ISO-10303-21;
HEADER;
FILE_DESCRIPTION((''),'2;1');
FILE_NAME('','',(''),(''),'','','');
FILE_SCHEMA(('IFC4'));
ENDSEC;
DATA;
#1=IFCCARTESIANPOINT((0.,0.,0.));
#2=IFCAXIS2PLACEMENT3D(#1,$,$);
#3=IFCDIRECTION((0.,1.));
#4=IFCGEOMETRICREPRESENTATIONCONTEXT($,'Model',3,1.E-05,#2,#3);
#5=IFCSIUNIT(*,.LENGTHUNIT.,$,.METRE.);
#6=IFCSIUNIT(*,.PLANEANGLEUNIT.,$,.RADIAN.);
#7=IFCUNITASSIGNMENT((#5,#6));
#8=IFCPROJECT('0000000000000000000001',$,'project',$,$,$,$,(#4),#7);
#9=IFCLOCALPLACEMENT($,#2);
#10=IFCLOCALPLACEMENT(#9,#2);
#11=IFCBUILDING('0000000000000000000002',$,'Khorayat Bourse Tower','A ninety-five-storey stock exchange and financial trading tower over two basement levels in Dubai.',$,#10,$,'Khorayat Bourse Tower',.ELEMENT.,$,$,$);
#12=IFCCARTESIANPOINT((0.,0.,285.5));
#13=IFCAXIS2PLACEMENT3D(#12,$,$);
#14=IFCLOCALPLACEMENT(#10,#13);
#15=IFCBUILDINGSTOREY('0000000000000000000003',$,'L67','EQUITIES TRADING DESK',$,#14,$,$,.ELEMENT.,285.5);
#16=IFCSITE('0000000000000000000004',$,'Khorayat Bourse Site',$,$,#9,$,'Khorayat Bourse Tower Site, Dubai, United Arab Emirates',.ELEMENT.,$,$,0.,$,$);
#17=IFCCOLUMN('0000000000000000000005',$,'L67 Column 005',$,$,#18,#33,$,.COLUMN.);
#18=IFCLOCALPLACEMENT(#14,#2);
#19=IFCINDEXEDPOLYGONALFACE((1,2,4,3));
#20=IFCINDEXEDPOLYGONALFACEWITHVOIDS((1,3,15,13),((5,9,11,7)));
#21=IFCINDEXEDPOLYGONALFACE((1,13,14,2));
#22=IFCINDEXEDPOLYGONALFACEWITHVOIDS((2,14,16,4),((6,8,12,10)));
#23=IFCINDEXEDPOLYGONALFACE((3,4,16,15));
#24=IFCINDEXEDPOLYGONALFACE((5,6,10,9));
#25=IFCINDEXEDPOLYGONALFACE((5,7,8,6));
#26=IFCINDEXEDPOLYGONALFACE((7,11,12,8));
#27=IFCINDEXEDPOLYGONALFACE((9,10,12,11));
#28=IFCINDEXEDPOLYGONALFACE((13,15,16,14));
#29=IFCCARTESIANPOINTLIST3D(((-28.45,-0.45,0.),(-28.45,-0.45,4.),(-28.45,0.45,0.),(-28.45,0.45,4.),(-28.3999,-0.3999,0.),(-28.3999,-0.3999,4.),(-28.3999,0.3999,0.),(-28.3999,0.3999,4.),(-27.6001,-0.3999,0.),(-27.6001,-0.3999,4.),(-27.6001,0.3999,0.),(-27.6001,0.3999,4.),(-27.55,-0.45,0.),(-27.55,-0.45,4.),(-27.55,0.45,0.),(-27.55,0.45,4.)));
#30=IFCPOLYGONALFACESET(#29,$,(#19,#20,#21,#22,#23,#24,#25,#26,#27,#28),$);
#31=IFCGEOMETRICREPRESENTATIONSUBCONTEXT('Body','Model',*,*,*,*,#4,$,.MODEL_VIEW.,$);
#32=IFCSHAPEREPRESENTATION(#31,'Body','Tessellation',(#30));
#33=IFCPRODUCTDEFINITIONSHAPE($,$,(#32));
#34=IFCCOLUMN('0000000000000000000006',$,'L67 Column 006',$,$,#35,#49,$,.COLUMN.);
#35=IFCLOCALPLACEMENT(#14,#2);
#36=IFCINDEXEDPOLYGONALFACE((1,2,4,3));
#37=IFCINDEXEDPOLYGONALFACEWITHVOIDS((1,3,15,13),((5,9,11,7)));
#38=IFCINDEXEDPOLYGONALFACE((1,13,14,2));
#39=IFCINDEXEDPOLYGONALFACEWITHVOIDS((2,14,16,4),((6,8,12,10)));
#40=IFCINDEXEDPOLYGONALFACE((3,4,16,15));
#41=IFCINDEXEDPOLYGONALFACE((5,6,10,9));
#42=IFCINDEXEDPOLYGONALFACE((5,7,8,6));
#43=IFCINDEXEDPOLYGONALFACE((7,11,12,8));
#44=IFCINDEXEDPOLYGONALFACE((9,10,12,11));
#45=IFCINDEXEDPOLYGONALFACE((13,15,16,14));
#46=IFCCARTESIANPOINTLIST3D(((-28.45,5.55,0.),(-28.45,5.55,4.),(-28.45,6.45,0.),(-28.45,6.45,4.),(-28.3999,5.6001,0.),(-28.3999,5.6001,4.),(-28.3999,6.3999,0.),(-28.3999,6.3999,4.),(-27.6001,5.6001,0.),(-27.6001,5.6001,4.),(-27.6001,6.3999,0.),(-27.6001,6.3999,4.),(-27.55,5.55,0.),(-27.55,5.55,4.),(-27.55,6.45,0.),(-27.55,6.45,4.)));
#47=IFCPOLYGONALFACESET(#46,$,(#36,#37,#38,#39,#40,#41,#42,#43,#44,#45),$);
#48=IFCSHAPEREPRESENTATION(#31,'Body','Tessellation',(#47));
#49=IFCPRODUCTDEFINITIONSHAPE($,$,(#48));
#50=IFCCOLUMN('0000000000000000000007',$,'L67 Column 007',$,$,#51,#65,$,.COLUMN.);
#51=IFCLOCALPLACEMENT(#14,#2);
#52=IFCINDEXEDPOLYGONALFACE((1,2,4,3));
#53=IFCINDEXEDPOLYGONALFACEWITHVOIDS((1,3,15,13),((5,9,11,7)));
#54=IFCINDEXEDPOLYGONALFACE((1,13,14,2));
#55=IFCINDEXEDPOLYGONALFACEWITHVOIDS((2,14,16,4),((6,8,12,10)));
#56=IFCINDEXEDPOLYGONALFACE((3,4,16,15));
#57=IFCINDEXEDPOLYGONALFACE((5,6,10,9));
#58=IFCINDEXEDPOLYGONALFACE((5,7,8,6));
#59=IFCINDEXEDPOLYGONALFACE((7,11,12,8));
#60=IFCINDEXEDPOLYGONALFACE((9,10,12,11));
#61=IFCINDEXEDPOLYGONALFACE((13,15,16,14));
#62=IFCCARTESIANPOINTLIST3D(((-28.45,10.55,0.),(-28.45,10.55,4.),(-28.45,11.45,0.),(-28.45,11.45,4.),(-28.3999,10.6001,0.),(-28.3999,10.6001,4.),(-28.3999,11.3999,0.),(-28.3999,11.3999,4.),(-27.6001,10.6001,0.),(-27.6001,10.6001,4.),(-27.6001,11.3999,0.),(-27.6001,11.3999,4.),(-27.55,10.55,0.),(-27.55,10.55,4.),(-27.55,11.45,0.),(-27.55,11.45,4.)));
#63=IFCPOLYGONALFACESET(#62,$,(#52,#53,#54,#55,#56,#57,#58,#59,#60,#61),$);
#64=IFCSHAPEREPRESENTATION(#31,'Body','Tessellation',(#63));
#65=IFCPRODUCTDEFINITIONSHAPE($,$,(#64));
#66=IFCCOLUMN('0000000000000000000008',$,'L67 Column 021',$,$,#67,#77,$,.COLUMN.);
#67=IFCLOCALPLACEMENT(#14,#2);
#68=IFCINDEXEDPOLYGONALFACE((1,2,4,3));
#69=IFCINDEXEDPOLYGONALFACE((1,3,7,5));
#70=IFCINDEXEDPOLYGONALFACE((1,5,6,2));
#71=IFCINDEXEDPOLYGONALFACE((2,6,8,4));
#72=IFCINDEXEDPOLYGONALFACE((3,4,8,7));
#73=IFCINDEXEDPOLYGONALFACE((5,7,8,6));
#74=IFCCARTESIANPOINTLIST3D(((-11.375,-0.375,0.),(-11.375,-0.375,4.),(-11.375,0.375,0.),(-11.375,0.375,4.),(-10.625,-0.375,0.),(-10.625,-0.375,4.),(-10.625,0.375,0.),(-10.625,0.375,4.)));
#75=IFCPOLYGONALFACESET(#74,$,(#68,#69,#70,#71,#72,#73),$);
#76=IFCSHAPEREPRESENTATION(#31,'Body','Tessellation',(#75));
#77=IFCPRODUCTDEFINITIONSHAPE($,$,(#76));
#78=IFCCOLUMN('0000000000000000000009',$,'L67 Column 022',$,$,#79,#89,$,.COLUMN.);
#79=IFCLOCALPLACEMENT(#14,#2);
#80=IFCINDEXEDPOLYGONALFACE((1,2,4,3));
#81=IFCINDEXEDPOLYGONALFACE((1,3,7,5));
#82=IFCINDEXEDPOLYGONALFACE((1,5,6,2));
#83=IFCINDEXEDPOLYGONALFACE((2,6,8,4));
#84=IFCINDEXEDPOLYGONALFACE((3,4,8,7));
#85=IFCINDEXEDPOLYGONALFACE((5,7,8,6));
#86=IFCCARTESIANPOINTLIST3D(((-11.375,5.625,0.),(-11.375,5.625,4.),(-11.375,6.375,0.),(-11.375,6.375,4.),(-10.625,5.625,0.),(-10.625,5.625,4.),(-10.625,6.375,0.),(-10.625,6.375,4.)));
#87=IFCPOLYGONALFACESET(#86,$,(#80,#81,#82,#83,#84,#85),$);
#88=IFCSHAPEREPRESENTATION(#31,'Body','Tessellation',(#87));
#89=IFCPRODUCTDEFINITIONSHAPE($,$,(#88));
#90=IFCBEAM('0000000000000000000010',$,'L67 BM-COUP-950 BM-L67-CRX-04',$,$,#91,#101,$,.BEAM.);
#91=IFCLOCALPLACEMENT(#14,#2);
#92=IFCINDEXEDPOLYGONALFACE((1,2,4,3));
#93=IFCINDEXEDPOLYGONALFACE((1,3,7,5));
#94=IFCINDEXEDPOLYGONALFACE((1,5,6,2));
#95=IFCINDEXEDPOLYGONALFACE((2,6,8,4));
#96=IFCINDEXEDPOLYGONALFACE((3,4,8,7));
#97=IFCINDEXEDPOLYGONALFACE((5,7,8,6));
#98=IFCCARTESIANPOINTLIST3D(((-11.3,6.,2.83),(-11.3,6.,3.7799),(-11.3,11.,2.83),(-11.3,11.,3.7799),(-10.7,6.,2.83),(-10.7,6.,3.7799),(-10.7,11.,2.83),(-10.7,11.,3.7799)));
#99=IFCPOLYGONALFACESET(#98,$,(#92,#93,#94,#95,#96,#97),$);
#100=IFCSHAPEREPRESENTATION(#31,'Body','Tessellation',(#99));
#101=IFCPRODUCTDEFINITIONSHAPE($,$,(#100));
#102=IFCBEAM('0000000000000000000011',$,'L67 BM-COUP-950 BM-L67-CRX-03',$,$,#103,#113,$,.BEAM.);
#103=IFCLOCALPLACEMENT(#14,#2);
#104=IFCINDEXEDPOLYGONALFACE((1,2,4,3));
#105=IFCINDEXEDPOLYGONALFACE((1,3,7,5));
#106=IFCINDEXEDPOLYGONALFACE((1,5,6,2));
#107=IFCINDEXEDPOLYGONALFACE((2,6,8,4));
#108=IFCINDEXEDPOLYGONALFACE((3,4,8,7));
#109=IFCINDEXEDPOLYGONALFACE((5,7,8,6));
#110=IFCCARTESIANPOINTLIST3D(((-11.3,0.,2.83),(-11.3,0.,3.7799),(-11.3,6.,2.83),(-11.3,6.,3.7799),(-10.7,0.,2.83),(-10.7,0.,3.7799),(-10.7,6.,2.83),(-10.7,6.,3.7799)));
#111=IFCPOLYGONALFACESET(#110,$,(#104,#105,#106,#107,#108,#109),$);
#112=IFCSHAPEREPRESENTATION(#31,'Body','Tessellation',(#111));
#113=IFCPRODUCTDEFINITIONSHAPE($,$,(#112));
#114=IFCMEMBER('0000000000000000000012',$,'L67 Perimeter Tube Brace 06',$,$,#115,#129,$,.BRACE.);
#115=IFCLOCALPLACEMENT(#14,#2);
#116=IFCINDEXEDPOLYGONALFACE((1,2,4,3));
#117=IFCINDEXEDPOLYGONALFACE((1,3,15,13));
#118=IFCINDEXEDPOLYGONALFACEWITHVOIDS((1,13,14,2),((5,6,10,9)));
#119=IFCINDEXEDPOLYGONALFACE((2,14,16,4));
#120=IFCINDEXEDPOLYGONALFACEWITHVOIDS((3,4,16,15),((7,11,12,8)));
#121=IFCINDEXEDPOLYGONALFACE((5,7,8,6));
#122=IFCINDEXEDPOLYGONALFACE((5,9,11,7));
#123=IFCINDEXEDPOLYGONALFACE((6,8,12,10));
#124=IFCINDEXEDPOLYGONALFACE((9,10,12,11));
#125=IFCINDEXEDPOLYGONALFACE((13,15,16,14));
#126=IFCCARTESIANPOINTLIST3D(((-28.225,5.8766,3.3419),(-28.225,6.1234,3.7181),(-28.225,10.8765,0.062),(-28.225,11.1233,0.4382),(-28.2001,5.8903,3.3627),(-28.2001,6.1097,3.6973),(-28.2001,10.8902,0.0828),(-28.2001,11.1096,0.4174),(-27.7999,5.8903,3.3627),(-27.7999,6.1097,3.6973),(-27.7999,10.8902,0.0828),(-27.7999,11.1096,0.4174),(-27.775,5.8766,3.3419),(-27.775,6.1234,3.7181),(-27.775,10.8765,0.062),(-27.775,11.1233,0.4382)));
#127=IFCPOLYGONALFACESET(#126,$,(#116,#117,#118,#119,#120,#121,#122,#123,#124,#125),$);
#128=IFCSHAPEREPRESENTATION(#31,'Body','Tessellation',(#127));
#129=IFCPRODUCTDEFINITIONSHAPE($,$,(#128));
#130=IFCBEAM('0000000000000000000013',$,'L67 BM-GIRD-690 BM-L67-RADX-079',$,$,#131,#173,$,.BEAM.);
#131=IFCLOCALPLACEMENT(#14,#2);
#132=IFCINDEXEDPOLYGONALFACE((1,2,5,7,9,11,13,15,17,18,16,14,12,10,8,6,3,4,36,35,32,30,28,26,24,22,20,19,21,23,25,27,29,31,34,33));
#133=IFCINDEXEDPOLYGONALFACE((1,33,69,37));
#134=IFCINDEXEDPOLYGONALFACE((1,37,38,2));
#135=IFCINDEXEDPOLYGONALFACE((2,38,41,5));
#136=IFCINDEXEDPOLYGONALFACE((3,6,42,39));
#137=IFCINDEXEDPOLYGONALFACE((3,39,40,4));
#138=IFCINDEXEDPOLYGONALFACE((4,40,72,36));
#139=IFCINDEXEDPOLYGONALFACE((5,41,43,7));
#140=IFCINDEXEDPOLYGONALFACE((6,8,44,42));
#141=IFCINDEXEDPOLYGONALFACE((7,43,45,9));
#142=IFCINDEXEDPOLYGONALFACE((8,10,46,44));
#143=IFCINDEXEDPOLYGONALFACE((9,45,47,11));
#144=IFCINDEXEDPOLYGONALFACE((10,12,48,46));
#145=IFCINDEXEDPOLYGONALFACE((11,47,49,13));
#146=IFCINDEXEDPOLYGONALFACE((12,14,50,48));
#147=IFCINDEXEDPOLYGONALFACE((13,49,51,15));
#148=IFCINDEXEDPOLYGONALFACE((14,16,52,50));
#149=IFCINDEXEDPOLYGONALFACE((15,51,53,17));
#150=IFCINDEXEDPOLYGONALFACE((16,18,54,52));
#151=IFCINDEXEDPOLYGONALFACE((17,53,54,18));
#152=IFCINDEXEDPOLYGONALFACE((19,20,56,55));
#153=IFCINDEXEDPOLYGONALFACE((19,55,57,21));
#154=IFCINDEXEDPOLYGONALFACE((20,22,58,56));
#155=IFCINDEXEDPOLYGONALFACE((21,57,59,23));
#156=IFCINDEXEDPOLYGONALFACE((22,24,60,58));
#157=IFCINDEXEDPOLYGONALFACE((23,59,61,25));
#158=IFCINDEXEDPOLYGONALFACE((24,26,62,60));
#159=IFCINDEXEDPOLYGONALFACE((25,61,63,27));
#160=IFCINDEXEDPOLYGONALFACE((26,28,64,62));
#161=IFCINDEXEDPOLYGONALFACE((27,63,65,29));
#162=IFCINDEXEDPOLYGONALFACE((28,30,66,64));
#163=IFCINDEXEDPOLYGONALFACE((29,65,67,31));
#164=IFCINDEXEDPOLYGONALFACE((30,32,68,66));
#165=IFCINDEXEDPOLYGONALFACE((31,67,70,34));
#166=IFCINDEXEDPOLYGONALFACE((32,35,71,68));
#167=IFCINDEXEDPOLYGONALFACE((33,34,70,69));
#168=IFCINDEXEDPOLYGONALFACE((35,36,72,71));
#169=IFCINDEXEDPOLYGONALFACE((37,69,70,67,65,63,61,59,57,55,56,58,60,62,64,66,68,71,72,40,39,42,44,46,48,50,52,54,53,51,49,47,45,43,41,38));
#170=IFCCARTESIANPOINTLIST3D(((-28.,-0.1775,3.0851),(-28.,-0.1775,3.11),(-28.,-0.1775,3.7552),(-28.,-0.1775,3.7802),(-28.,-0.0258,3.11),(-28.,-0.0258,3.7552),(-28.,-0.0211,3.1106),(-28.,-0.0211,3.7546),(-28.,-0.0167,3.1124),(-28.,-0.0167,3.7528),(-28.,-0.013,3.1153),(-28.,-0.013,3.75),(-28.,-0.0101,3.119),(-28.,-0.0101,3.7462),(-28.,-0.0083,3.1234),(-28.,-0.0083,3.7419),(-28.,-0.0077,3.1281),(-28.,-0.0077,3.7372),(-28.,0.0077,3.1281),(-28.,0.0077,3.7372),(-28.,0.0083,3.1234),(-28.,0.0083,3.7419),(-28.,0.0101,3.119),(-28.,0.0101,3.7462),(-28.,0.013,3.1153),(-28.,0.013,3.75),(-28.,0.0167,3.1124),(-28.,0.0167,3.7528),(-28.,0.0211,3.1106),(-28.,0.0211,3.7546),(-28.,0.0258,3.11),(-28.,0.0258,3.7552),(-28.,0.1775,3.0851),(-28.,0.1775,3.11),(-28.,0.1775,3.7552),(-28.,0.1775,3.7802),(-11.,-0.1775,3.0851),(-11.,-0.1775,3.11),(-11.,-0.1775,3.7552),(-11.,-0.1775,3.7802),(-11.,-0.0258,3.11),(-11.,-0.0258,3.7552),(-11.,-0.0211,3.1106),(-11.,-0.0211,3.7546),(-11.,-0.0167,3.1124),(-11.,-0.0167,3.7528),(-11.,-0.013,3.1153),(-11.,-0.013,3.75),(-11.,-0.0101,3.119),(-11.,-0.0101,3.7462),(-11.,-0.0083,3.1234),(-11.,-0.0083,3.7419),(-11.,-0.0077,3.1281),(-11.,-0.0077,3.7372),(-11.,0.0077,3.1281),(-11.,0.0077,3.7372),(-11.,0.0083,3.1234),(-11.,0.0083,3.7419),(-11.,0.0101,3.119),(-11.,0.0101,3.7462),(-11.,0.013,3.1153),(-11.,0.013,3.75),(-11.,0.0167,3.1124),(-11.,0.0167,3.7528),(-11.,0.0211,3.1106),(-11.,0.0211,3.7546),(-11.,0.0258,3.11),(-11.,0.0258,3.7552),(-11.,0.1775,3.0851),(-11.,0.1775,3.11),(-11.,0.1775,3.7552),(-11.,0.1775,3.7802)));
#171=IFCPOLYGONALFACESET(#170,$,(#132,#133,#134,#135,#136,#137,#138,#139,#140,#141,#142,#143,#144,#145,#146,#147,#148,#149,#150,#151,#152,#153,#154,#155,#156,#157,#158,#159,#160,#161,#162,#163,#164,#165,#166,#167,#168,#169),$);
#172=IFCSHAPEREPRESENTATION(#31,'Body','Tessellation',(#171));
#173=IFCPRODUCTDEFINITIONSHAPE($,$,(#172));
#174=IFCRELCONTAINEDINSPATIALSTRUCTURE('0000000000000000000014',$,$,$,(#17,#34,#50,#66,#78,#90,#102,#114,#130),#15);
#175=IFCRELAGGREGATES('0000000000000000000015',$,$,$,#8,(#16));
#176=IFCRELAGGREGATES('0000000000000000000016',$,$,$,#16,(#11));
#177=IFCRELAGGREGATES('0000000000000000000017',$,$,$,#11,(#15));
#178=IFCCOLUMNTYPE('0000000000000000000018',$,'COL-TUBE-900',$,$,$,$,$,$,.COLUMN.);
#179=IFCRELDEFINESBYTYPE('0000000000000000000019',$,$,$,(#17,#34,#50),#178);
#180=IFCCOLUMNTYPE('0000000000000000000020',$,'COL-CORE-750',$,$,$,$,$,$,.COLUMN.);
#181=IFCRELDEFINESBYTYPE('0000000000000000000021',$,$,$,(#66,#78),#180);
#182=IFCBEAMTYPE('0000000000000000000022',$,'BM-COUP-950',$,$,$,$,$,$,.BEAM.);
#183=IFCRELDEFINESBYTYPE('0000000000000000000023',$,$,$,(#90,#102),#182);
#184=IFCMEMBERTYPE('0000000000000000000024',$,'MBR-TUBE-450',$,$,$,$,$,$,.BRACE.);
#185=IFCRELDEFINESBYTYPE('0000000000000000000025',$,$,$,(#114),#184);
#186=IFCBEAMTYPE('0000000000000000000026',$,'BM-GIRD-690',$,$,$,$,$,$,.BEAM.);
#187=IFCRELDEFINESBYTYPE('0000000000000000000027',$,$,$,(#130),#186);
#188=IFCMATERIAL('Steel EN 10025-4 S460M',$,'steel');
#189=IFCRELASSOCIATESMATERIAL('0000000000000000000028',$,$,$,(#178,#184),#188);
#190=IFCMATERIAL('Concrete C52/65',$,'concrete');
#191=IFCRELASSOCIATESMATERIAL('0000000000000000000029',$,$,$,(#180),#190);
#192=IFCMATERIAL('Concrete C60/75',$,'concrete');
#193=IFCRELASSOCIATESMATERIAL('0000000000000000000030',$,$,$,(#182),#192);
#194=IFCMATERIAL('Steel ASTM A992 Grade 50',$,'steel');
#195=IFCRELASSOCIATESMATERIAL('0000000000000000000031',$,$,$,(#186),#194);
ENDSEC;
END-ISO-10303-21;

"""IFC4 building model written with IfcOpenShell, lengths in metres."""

from ifc_helpers import new_model, si_unit, direction, frame, origin, origin_2d, place, context, subcontext, project, spatial, rectangle, hollow_rectangle, i_section, extrude, source, transform, mapped, material, material_profile, profile_set, type_object, element, save


model = new_model("IFC4")

# Units and contexts
model_context = context("Model", 3, precision=1e-05, world=origin(), true_north=direction((0.0, 1.0)))
body_context = subcontext(model_context, "Body", "Model", "MODEL_VIEW")
ifc_project = project(units=[si_unit("LENGTHUNIT", "METRE"), si_unit("PLANEANGLEUNIT", "RADIAN")], contexts=[model_context])

# Site, building, storey
site_placement = place(None, origin())
site = spatial("IfcSite", under=ifc_project, at=site_placement, Name="Khorayat Bourse Site", LongName="Khorayat Bourse Tower Site, Dubai, United Arab Emirates", CompositionType="ELEMENT", RefElevation=0.0)
building_placement = place(site_placement, origin())
building = spatial("IfcBuilding", under=site, at=building_placement, Name="Khorayat Bourse Tower", Description="A ninety-five-storey stock exchange and financial trading tower over two basement levels in Dubai.", LongName="Khorayat Bourse Tower", CompositionType="ELEMENT")
storey_placement = place(building_placement, frame((0.0, 0.0, 285.5)))
storey = spatial("IfcBuildingStorey", under=building, at=storey_placement, Name="L67", Description="EQUITIES TRADING DESK", CompositionType="ELEMENT", Elevation=285.5)

# Columns
ifc_material_1 = material(Name="Steel EN 10025-4 S460M", Category="steel")
ifc_material_profile_1 = material_profile(ifc_material_1, hollow_rectangle(XDim=0.8999, YDim=0.8999, WallThickness=0.05, at=origin_2d()), Name="BOX 900x900x50")
ifc_profile_set_1 = profile_set([ifc_material_profile_1], Name="Steel EN 10025-4 S460M")
column_type_1 = type_object("IfcColumnType", Name="COL-TUBE-900", PredefinedType="COLUMN", material=ifc_profile_set_1)
shared_shape_1 = source(origin(), body_context, "Body", "SweptSolid", [
    extrude(hollow_rectangle(XDim=0.8999, YDim=0.8999, WallThickness=0.05, at=origin_2d()), origin(), (0.0, 0.0, 1.0), 4.0),
])
for number, where, z_axis, x_axis, name in (
    (1, (-28.0, 0.0, 0.0), (0.0, 0.0, 1.0), (1.0, 0.0, 0.0), "L67 Column 005"),
    (2, (-28.0, 6.0, 0.0), (0.0, 0.0, 1.0), (1.0, 0.0, 0.0), "L67 Column 006"),
    (3, (-28.0, 11.0, 0.0), (0.0, 0.0, 1.0), (1.0, 0.0, 0.0), "L67 Column 007"),
):
    element("IfcColumn", number, at=place(storey_placement, frame(where, z_axis=z_axis, x_axis=x_axis)), inside=storey, type_object=column_type_1, Name=name, PredefinedType="COLUMN", context=body_context, shape_type="MappedRepresentation", body=[
        mapped(shared_shape_1, transform((0.0, 0.0, 0.0), scale=1.0)),
    ])
ifc_material_2 = material(Name="Concrete C52/65", Category="concrete")
ifc_material_profile_2 = material_profile(ifc_material_2, rectangle(XDim=0.75, YDim=0.75, at=origin_2d()), Name="RC 750x750")
ifc_profile_set_2 = profile_set([ifc_material_profile_2], Name="Concrete C52/65")
column_type_2 = type_object("IfcColumnType", Name="COL-CORE-750", PredefinedType="COLUMN", material=ifc_profile_set_2)
shared_shape_2 = source(origin(), body_context, "Body", "SweptSolid", [
    extrude(rectangle(XDim=0.75, YDim=0.75, at=origin_2d()), origin(), (0.0, 0.0, 1.0), 4.0),
])
for number, where, z_axis, x_axis, name in (
    (4, (-11.0, 0.0, 0.0), (0.0, 0.0, 1.0), (1.0, 0.0, 0.0), "L67 Column 021"),
    (5, (-11.0, 6.0, 0.0), (0.0, 0.0, 1.0), (1.0, 0.0, 0.0), "L67 Column 022"),
):
    element("IfcColumn", number, at=place(storey_placement, frame(where, z_axis=z_axis, x_axis=x_axis)), inside=storey, type_object=column_type_2, Name=name, PredefinedType="COLUMN", context=body_context, shape_type="MappedRepresentation", body=[
        mapped(shared_shape_2, transform((0.0, 0.0, 0.0), scale=1.0)),
    ])

# Beams
ifc_material_3 = material(Name="Concrete C60/75", Category="concrete")
ifc_material_profile_3 = material_profile(ifc_material_3, rectangle(XDim=0.6001, YDim=0.95, at=origin_2d()), Name="RC 600x950")
ifc_profile_set_3 = profile_set([ifc_material_profile_3], Name="Concrete C60/75")
beam_type_1 = type_object("IfcBeamType", Name="BM-COUP-950", PredefinedType="BEAM", material=ifc_profile_set_3)
shared_shape_3 = source(origin(), body_context, "Body", "SweptSolid", [
    extrude(rectangle(XDim=0.6001, YDim=0.95, at=origin_2d()), origin(), (0.0, 0.0, 1.0), 5.0),
])
beam_1_placement = place(storey_placement, frame((-11.0, 6.0, 3.3049), z_axis=(0.0, 1.0, 0.0), x_axis=(-1.0, 0.0, 0.0)))
element("IfcBeam", 6, at=beam_1_placement, inside=storey, type_object=beam_type_1, Name="L67 BM-COUP-950 BM-L67-CRX-04", PredefinedType="BEAM", context=body_context, shape_type="MappedRepresentation", body=[
    mapped(shared_shape_3, transform((0.0, 0.0, 0.0), scale=1.0)),
])
shared_shape_4 = source(origin(), body_context, "Body", "SweptSolid", [
    extrude(rectangle(XDim=0.6001, YDim=0.95, at=origin_2d()), origin(), (0.0, 0.0, 1.0), 6.0),
])
beam_2_placement = place(storey_placement, frame((-11.0, 0.0, 3.3049), z_axis=(0.0, 1.0, 0.0), x_axis=(-1.0, 0.0, 0.0)))
element("IfcBeam", 7, at=beam_2_placement, inside=storey, type_object=beam_type_1, Name="L67 BM-COUP-950 BM-L67-CRX-03", PredefinedType="BEAM", context=body_context, shape_type="MappedRepresentation", body=[
    mapped(shared_shape_4, transform((0.0, 0.0, 0.0), scale=1.0)),
])

# Member
ifc_material_profile_4 = material_profile(ifc_material_1, hollow_rectangle(XDim=0.45, YDim=0.45, WallThickness=0.0249, at=origin_2d()), Name="HSS 450x450x25")
ifc_profile_set_4 = profile_set([ifc_material_profile_4], Name="Steel EN 10025-4 S460M")
member_type_1 = type_object("IfcMemberType", Name="MBR-TUBE-450", PredefinedType="BRACE", material=ifc_profile_set_4)
shared_shape_5 = source(origin(), body_context, "Body", "SweptSolid", [
    extrude(hollow_rectangle(XDim=0.45, YDim=0.45, WallThickness=0.0249, at=origin_2d()), origin(), (0.0, 0.0, 1.0), 5.9797),
])
member_1_placement = place(storey_placement, frame((-28.0, 6.0, 3.53), z_axis=(0.0, 0.836142, -0.548514), x_axis=(-1.0, 0.0, 0.0)))
element("IfcMember", 8, at=member_1_placement, inside=storey, type_object=member_type_1, Name="L67 Perimeter Tube Brace 06", PredefinedType="BRACE", context=body_context, shape_type="MappedRepresentation", body=[
    mapped(shared_shape_5, transform((0.0, 0.0, 0.0), scale=1.0)),
])

# Beam
ifc_material_4 = material(Name="Steel ASTM A992 Grade 50", Category="steel")
ifc_material_profile_5 = material_profile(ifc_material_4, i_section(OverallWidth=0.355, OverallDepth=0.6951, WebThickness=0.0154, FlangeThickness=0.0249, FilletRadius=0.0181, at=origin_2d()), Name="W690X217")
ifc_profile_set_5 = profile_set([ifc_material_profile_5], Name="Steel ASTM A992 Grade 50")
beam_type_2 = type_object("IfcBeamType", Name="BM-GIRD-690", PredefinedType="BEAM", material=ifc_profile_set_5)
shared_shape_6 = source(origin(), body_context, "Body", "SweptSolid", [
    extrude(i_section(OverallWidth=0.355, OverallDepth=0.6951, WebThickness=0.0154, FlangeThickness=0.0249, FilletRadius=0.0181, at=origin_2d()), origin(), (0.0, 0.0, 1.0), 17.0),
])
for number, where, z_axis, x_axis, name in (
    (9, (-28.0, 0.0, 3.4326), (1.0, 0.0, 0.0), (0.0, 1.0, 0.0), "L67 BM-GIRD-690 BM-L67-RADX-079"),
):
    element("IfcBeam", number, at=place(storey_placement, frame(where, z_axis=z_axis, x_axis=x_axis)), inside=storey, type_object=beam_type_2, Name=name, PredefinedType="BEAM", context=body_context, shape_type="MappedRepresentation", body=[
        mapped(shared_shape_6, transform((0.0, 0.0, 0.0), scale=1.0)),
    ])

save(model, "model.ifc")
